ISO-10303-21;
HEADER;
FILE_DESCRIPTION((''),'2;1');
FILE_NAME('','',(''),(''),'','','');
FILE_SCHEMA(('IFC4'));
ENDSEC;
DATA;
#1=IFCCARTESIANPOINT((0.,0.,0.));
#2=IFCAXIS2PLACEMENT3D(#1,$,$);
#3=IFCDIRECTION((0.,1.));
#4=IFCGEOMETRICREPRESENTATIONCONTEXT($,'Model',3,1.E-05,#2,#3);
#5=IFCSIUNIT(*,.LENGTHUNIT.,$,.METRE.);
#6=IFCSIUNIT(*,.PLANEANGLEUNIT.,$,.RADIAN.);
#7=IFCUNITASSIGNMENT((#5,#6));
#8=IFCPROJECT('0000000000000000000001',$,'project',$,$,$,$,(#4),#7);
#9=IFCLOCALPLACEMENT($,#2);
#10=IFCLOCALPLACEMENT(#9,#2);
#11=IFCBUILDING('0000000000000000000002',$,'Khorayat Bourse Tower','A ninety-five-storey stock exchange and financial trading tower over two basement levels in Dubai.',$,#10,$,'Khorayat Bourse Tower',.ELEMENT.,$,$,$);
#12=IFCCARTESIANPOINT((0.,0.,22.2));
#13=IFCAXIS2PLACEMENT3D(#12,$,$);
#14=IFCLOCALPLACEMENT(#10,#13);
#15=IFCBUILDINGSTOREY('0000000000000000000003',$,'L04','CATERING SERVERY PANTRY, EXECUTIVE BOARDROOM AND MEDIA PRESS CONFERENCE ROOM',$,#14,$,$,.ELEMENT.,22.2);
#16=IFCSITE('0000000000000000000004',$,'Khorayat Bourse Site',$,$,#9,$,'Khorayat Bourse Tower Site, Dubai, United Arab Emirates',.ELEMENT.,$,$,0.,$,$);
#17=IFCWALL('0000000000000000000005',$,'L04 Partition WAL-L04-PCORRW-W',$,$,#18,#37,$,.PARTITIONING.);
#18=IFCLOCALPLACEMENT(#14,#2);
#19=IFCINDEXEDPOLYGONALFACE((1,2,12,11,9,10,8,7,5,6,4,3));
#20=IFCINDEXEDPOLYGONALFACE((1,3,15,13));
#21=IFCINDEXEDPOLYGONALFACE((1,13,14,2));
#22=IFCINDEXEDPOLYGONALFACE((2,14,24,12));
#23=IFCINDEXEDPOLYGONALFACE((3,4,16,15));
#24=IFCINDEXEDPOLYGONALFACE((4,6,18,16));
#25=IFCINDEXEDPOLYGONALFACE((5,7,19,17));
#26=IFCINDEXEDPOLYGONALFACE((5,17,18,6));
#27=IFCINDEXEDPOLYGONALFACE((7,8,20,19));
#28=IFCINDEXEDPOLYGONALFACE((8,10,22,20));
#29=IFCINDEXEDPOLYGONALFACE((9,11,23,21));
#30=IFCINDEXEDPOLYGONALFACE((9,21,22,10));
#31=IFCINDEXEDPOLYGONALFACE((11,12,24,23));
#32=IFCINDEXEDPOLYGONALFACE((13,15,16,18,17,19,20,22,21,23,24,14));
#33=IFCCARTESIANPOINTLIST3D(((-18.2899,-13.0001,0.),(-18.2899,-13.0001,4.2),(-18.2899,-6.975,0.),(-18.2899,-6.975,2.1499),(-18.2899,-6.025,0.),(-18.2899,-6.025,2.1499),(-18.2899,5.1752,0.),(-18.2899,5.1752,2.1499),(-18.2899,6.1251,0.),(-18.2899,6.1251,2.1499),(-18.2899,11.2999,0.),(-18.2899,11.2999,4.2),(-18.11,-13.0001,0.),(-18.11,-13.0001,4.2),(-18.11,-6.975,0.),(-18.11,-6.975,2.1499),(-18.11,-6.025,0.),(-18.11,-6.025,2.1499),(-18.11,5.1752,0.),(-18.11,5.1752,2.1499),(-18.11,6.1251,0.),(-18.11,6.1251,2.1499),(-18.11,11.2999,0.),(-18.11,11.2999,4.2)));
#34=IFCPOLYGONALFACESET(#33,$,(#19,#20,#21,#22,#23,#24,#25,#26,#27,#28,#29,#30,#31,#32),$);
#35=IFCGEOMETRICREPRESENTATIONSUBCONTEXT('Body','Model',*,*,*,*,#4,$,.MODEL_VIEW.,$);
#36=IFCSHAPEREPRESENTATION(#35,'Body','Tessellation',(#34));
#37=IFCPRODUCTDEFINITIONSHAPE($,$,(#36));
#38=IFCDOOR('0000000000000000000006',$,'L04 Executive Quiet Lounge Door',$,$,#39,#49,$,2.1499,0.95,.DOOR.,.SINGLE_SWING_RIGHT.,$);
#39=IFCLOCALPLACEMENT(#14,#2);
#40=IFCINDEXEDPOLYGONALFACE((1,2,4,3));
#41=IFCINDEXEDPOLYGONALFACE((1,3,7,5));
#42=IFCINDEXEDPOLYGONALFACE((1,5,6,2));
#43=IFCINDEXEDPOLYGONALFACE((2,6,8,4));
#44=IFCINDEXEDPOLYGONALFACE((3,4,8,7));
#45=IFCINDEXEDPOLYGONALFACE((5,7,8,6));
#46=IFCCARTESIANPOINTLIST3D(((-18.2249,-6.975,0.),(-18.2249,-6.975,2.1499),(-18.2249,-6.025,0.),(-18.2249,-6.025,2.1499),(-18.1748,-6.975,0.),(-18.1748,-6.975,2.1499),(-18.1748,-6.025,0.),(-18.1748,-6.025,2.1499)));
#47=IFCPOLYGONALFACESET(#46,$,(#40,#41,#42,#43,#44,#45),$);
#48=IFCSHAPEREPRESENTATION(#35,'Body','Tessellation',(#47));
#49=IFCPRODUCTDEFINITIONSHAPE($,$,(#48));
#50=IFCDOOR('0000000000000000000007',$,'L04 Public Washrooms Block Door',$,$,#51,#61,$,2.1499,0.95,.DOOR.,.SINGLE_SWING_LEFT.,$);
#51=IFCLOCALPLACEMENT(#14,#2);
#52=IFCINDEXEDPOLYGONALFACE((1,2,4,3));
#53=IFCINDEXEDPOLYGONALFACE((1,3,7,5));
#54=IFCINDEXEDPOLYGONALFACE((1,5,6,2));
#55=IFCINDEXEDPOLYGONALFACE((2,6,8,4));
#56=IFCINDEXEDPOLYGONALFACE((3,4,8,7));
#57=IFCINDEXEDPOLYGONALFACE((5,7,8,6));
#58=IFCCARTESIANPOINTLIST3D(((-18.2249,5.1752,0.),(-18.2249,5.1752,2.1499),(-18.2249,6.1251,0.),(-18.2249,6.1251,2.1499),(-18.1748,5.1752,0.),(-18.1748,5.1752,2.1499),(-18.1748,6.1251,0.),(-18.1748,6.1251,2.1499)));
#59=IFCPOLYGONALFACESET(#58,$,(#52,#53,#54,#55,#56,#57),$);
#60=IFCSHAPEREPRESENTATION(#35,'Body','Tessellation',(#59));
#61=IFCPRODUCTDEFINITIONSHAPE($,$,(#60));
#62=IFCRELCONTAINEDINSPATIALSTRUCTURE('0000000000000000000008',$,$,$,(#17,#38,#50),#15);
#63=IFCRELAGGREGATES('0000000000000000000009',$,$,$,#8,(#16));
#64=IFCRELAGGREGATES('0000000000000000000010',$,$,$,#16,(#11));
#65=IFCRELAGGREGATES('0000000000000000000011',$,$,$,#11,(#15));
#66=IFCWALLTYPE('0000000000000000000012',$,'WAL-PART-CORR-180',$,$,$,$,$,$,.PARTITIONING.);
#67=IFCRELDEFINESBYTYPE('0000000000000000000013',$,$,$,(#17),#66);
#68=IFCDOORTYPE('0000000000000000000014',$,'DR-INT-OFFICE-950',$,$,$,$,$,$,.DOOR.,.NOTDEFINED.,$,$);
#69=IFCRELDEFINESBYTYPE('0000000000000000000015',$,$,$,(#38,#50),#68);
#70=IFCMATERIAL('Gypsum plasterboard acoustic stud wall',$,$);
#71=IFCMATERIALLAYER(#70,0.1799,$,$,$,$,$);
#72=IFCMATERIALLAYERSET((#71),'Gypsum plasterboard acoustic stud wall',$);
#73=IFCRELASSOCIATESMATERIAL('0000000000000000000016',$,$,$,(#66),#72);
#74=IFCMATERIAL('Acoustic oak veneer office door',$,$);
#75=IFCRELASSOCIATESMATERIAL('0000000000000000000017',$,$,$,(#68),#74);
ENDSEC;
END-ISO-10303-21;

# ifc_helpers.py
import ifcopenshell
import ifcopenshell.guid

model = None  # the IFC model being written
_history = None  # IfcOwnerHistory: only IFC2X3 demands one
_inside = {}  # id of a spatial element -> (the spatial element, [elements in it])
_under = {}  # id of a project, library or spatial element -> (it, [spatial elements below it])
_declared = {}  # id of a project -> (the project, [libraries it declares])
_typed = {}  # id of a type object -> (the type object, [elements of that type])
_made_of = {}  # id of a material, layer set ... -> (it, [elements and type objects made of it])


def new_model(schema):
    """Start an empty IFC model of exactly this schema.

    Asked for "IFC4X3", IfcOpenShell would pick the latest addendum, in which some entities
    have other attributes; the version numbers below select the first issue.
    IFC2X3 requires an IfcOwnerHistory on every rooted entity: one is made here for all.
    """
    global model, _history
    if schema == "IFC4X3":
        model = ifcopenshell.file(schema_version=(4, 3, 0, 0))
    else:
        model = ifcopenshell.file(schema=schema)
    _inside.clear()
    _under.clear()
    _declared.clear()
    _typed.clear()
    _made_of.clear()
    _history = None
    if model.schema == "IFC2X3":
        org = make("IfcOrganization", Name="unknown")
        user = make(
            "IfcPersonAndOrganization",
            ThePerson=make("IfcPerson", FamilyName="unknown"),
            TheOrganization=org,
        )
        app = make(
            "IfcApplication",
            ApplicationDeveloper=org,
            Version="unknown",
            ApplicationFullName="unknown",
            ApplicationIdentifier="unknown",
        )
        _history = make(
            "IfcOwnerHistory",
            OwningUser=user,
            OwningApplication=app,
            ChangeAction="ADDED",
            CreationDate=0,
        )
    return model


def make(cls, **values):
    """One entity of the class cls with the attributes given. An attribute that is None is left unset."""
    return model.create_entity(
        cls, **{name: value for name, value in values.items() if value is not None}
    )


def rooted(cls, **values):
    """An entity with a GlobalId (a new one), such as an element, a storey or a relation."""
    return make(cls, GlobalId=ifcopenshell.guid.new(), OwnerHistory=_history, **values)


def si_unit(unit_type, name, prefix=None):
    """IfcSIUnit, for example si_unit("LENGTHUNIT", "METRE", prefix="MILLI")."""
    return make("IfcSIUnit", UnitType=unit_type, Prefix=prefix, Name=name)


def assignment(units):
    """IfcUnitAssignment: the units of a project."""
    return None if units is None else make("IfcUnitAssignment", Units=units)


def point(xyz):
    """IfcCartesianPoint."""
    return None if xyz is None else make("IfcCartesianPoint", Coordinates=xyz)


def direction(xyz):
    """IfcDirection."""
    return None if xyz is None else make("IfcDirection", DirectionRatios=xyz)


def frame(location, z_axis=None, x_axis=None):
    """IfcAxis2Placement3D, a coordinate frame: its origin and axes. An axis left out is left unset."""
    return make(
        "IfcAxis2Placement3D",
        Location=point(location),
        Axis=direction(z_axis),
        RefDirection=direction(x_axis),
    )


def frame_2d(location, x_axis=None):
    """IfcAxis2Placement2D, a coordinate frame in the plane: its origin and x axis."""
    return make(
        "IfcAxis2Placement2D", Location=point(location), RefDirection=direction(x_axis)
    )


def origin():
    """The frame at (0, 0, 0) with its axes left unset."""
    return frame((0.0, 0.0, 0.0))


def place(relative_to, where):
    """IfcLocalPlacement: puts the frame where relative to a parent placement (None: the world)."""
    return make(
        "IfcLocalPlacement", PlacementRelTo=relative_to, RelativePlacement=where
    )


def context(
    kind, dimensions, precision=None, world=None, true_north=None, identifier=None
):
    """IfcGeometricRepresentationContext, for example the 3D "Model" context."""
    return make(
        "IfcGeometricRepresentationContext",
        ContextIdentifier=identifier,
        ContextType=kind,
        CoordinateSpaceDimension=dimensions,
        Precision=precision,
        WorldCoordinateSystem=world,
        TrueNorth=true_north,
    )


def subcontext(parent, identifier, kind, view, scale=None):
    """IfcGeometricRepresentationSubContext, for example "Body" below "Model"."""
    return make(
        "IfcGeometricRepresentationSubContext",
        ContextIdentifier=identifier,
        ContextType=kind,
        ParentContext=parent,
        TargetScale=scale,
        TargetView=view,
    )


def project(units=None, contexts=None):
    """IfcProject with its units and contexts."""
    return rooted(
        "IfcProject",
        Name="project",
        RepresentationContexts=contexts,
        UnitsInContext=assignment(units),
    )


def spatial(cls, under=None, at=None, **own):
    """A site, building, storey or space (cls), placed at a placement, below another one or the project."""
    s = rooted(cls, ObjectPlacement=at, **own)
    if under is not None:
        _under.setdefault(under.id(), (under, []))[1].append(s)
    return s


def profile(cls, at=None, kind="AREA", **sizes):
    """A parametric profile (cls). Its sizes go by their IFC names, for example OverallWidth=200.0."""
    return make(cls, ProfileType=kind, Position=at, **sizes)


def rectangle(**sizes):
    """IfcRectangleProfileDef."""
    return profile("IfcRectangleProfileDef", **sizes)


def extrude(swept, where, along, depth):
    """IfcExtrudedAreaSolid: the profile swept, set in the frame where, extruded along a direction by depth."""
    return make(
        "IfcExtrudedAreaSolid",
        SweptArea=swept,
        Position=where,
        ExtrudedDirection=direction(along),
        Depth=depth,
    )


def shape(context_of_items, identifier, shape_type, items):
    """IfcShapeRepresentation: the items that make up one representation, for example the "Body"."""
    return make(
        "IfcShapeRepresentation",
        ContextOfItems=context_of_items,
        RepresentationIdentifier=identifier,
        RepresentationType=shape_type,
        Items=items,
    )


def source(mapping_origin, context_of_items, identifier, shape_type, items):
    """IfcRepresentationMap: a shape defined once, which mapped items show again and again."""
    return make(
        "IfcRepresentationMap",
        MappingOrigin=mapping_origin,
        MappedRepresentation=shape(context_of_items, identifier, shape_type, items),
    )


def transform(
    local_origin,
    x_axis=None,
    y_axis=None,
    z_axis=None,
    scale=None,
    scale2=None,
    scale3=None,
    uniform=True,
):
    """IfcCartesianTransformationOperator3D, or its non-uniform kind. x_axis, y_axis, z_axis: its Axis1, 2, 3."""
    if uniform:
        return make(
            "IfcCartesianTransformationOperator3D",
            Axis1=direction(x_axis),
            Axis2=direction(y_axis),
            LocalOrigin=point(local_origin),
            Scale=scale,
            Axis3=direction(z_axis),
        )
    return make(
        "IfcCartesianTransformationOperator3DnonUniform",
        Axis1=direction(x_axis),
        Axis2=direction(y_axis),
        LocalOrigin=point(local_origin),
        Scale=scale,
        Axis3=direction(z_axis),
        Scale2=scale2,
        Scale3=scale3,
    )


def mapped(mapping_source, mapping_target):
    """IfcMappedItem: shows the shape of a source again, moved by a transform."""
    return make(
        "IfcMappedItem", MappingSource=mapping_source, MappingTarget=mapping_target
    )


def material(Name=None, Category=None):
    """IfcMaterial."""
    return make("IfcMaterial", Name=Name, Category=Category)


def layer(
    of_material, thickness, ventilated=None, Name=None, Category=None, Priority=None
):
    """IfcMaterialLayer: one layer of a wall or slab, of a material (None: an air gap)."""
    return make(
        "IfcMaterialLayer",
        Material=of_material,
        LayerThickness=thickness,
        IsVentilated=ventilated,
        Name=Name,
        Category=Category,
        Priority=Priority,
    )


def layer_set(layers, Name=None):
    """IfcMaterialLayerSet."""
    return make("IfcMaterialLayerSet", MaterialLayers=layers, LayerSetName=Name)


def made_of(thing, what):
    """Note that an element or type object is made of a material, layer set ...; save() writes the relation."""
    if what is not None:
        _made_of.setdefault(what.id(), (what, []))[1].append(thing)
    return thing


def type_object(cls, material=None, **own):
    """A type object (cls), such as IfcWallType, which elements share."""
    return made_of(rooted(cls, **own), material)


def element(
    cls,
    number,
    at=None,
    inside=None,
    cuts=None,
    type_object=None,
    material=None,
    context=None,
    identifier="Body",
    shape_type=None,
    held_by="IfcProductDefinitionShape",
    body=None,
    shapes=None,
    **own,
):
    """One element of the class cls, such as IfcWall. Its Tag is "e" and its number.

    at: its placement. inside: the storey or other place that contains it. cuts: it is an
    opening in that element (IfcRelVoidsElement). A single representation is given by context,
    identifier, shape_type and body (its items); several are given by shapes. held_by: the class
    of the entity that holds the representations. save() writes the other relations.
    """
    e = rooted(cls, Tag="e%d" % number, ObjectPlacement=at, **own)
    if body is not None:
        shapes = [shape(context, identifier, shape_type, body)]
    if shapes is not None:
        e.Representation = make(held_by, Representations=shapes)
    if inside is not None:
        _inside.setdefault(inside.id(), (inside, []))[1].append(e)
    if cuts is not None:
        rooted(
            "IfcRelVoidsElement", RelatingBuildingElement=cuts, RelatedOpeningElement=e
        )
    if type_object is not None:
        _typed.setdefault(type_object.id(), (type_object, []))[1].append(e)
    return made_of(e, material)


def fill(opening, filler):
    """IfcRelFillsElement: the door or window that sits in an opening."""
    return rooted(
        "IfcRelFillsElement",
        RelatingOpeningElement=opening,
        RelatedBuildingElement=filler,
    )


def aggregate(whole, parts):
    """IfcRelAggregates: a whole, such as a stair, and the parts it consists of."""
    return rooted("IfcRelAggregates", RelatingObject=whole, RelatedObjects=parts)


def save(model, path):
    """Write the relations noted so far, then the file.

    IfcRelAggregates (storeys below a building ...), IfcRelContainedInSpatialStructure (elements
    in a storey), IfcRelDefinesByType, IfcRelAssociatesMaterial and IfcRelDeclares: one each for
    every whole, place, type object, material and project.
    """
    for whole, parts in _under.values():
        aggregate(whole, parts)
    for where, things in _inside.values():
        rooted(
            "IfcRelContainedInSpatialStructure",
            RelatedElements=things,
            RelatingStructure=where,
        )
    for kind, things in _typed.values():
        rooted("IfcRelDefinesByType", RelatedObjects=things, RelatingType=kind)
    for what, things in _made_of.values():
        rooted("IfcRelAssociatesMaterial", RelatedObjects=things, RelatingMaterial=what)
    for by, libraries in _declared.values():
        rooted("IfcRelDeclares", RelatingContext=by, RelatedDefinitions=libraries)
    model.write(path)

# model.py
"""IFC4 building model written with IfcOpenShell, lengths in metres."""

from ifc_helpers import new_model, si_unit, direction, frame, frame_2d, origin, place, context, subcontext, project, spatial, rectangle, extrude, source, transform, mapped, material, layer, layer_set, type_object, element, fill, save


model = new_model("IFC4")

# Units and contexts
model_context = context("Model", 3, precision=1e-05, world=origin(), true_north=direction((0.0, 1.0)))
body_context = subcontext(model_context, "Body", "Model", "MODEL_VIEW")
ifc_project = project(units=[si_unit("LENGTHUNIT", "METRE"), si_unit("PLANEANGLEUNIT", "RADIAN")], contexts=[model_context])

# Site, building, storey
site_placement = place(None, origin())
site = spatial("IfcSite", under=ifc_project, at=site_placement, Name="Khorayat Bourse Site", LongName="Khorayat Bourse Tower Site, Dubai, United Arab Emirates", CompositionType="ELEMENT", RefElevation=0.0)
building_placement = place(site_placement, origin())
building = spatial("IfcBuilding", under=site, at=building_placement, Name="Khorayat Bourse Tower", Description="A ninety-five-storey stock exchange and financial trading tower over two basement levels in Dubai.", LongName="Khorayat Bourse Tower", CompositionType="ELEMENT")
storey_placement = place(building_placement, frame((0.0, 0.0, 22.2)))
storey = spatial("IfcBuildingStorey", under=building, at=storey_placement, Name="L04", Description="CATERING SERVERY PANTRY, EXECUTIVE BOARDROOM AND MEDIA PRESS CONFERENCE ROOM", CompositionType="ELEMENT", Elevation=22.2)

# Shared definitions
ifc_material_1 = material(Name="Gypsum plasterboard acoustic stud wall")
ifc_layer_1 = layer(ifc_material_1, 0.1799)
ifc_layer_set_1 = layer_set([ifc_layer_1], Name="Gypsum plasterboard acoustic stud wall")
wall_type_1 = type_object("IfcWallType", Name="WAL-PART-CORR-180", PredefinedType="PARTITIONING", material=ifc_layer_set_1)

# Wall, openings, doors
shared_shape_1 = source(origin(), body_context, "Body", "SweptSolid", [
    extrude(rectangle(XDim=24.3, YDim=0.1799, at=frame_2d((12.1499, 0.0))), origin(), (0.0, 0.0, 1.0), 4.2),
])
wall_1_placement = place(storey_placement, frame((-18.2, -13.0, 0.0), z_axis=(0.0, 0.0, 1.0), x_axis=(0.0, 1.0, 0.0)))
wall_1 = element("IfcWall", 1, at=wall_1_placement, inside=storey, type_object=wall_type_1, Name="L04 Partition WAL-L04-PCORRW-W", PredefinedType="PARTITIONING", context=body_context, shape_type="MappedRepresentation", body=[
    mapped(shared_shape_1, transform((0.0, 0.0, 0.0), scale=1.0)),
])
shared_shape_2 = source(origin(), body_context, "Body", "SweptSolid", [
    extrude(rectangle(XDim=0.95, YDim=2.1499, at=frame_2d((0.4751, 1.075))), frame((0.0, 0.0999, 0.0), z_axis=(0.0, -1.0, 0.0), x_axis=(1.0, 0.0, 0.0)), (0.0, 0.0, 1.0), 0.2),
])
opening_1_placement = place(wall_1_placement, frame((6.0249, 0.0, 0.0)))
opening_1 = element("IfcOpeningElement", 2, at=opening_1_placement, cuts=wall_1, PredefinedType="OPENING", context=body_context, shape_type="MappedRepresentation", body=[
    mapped(shared_shape_2, transform((0.0, 0.0, 0.0), scale=1.0)),
])
opening_2_placement = place(wall_1_placement, frame((18.175, 0.0, 0.0)))
opening_2 = element("IfcOpeningElement", 3, at=opening_2_placement, cuts=wall_1, PredefinedType="OPENING", context=body_context, shape_type="MappedRepresentation", body=[
    mapped(shared_shape_2, transform((0.0, 0.0, 0.0), scale=1.0)),
])
ifc_material_2 = material(Name="Acoustic oak veneer office door")
door_type_1 = type_object("IfcDoorType", Name="DR-INT-OFFICE-950", OperationType="NOTDEFINED", PredefinedType="DOOR", material=ifc_material_2)
shared_shape_3 = source(origin(), body_context, "Body", "SweptSolid", [
    extrude(rectangle(XDim=0.95, YDim=2.1499, at=frame_2d((0.4751, 1.075))), frame((0.0, 0.0249, 0.0), z_axis=(0.0, -1.0, 0.0), x_axis=(1.0, 0.0, 0.0)), (0.0, 0.0, 1.0), 0.05),
])
door_1_placement = place(opening_1_placement, origin())
door_1 = element("IfcDoor", 4, at=door_1_placement, inside=storey, type_object=door_type_1, Name="L04 Executive Quiet Lounge Door", OperationType="SINGLE_SWING_RIGHT", OverallHeight=2.1499, OverallWidth=0.95, PredefinedType="DOOR", context=body_context, shape_type="MappedRepresentation", body=[
    mapped(shared_shape_3, transform((0.0, 0.0, 0.0), scale=1.0)),
])
fill(opening_1, door_1)
door_2_placement = place(opening_2_placement, origin())
door_2 = element("IfcDoor", 5, at=door_2_placement, inside=storey, type_object=door_type_1, Name="L04 Public Washrooms Block Door", OperationType="SINGLE_SWING_LEFT", OverallHeight=2.1499, OverallWidth=0.95, PredefinedType="DOOR", context=body_context, shape_type="MappedRepresentation", body=[
    mapped(shared_shape_3, transform((0.0, 0.0, 0.0), scale=1.0)),
])
fill(opening_2, door_2)

save(model, "model.ifc")
